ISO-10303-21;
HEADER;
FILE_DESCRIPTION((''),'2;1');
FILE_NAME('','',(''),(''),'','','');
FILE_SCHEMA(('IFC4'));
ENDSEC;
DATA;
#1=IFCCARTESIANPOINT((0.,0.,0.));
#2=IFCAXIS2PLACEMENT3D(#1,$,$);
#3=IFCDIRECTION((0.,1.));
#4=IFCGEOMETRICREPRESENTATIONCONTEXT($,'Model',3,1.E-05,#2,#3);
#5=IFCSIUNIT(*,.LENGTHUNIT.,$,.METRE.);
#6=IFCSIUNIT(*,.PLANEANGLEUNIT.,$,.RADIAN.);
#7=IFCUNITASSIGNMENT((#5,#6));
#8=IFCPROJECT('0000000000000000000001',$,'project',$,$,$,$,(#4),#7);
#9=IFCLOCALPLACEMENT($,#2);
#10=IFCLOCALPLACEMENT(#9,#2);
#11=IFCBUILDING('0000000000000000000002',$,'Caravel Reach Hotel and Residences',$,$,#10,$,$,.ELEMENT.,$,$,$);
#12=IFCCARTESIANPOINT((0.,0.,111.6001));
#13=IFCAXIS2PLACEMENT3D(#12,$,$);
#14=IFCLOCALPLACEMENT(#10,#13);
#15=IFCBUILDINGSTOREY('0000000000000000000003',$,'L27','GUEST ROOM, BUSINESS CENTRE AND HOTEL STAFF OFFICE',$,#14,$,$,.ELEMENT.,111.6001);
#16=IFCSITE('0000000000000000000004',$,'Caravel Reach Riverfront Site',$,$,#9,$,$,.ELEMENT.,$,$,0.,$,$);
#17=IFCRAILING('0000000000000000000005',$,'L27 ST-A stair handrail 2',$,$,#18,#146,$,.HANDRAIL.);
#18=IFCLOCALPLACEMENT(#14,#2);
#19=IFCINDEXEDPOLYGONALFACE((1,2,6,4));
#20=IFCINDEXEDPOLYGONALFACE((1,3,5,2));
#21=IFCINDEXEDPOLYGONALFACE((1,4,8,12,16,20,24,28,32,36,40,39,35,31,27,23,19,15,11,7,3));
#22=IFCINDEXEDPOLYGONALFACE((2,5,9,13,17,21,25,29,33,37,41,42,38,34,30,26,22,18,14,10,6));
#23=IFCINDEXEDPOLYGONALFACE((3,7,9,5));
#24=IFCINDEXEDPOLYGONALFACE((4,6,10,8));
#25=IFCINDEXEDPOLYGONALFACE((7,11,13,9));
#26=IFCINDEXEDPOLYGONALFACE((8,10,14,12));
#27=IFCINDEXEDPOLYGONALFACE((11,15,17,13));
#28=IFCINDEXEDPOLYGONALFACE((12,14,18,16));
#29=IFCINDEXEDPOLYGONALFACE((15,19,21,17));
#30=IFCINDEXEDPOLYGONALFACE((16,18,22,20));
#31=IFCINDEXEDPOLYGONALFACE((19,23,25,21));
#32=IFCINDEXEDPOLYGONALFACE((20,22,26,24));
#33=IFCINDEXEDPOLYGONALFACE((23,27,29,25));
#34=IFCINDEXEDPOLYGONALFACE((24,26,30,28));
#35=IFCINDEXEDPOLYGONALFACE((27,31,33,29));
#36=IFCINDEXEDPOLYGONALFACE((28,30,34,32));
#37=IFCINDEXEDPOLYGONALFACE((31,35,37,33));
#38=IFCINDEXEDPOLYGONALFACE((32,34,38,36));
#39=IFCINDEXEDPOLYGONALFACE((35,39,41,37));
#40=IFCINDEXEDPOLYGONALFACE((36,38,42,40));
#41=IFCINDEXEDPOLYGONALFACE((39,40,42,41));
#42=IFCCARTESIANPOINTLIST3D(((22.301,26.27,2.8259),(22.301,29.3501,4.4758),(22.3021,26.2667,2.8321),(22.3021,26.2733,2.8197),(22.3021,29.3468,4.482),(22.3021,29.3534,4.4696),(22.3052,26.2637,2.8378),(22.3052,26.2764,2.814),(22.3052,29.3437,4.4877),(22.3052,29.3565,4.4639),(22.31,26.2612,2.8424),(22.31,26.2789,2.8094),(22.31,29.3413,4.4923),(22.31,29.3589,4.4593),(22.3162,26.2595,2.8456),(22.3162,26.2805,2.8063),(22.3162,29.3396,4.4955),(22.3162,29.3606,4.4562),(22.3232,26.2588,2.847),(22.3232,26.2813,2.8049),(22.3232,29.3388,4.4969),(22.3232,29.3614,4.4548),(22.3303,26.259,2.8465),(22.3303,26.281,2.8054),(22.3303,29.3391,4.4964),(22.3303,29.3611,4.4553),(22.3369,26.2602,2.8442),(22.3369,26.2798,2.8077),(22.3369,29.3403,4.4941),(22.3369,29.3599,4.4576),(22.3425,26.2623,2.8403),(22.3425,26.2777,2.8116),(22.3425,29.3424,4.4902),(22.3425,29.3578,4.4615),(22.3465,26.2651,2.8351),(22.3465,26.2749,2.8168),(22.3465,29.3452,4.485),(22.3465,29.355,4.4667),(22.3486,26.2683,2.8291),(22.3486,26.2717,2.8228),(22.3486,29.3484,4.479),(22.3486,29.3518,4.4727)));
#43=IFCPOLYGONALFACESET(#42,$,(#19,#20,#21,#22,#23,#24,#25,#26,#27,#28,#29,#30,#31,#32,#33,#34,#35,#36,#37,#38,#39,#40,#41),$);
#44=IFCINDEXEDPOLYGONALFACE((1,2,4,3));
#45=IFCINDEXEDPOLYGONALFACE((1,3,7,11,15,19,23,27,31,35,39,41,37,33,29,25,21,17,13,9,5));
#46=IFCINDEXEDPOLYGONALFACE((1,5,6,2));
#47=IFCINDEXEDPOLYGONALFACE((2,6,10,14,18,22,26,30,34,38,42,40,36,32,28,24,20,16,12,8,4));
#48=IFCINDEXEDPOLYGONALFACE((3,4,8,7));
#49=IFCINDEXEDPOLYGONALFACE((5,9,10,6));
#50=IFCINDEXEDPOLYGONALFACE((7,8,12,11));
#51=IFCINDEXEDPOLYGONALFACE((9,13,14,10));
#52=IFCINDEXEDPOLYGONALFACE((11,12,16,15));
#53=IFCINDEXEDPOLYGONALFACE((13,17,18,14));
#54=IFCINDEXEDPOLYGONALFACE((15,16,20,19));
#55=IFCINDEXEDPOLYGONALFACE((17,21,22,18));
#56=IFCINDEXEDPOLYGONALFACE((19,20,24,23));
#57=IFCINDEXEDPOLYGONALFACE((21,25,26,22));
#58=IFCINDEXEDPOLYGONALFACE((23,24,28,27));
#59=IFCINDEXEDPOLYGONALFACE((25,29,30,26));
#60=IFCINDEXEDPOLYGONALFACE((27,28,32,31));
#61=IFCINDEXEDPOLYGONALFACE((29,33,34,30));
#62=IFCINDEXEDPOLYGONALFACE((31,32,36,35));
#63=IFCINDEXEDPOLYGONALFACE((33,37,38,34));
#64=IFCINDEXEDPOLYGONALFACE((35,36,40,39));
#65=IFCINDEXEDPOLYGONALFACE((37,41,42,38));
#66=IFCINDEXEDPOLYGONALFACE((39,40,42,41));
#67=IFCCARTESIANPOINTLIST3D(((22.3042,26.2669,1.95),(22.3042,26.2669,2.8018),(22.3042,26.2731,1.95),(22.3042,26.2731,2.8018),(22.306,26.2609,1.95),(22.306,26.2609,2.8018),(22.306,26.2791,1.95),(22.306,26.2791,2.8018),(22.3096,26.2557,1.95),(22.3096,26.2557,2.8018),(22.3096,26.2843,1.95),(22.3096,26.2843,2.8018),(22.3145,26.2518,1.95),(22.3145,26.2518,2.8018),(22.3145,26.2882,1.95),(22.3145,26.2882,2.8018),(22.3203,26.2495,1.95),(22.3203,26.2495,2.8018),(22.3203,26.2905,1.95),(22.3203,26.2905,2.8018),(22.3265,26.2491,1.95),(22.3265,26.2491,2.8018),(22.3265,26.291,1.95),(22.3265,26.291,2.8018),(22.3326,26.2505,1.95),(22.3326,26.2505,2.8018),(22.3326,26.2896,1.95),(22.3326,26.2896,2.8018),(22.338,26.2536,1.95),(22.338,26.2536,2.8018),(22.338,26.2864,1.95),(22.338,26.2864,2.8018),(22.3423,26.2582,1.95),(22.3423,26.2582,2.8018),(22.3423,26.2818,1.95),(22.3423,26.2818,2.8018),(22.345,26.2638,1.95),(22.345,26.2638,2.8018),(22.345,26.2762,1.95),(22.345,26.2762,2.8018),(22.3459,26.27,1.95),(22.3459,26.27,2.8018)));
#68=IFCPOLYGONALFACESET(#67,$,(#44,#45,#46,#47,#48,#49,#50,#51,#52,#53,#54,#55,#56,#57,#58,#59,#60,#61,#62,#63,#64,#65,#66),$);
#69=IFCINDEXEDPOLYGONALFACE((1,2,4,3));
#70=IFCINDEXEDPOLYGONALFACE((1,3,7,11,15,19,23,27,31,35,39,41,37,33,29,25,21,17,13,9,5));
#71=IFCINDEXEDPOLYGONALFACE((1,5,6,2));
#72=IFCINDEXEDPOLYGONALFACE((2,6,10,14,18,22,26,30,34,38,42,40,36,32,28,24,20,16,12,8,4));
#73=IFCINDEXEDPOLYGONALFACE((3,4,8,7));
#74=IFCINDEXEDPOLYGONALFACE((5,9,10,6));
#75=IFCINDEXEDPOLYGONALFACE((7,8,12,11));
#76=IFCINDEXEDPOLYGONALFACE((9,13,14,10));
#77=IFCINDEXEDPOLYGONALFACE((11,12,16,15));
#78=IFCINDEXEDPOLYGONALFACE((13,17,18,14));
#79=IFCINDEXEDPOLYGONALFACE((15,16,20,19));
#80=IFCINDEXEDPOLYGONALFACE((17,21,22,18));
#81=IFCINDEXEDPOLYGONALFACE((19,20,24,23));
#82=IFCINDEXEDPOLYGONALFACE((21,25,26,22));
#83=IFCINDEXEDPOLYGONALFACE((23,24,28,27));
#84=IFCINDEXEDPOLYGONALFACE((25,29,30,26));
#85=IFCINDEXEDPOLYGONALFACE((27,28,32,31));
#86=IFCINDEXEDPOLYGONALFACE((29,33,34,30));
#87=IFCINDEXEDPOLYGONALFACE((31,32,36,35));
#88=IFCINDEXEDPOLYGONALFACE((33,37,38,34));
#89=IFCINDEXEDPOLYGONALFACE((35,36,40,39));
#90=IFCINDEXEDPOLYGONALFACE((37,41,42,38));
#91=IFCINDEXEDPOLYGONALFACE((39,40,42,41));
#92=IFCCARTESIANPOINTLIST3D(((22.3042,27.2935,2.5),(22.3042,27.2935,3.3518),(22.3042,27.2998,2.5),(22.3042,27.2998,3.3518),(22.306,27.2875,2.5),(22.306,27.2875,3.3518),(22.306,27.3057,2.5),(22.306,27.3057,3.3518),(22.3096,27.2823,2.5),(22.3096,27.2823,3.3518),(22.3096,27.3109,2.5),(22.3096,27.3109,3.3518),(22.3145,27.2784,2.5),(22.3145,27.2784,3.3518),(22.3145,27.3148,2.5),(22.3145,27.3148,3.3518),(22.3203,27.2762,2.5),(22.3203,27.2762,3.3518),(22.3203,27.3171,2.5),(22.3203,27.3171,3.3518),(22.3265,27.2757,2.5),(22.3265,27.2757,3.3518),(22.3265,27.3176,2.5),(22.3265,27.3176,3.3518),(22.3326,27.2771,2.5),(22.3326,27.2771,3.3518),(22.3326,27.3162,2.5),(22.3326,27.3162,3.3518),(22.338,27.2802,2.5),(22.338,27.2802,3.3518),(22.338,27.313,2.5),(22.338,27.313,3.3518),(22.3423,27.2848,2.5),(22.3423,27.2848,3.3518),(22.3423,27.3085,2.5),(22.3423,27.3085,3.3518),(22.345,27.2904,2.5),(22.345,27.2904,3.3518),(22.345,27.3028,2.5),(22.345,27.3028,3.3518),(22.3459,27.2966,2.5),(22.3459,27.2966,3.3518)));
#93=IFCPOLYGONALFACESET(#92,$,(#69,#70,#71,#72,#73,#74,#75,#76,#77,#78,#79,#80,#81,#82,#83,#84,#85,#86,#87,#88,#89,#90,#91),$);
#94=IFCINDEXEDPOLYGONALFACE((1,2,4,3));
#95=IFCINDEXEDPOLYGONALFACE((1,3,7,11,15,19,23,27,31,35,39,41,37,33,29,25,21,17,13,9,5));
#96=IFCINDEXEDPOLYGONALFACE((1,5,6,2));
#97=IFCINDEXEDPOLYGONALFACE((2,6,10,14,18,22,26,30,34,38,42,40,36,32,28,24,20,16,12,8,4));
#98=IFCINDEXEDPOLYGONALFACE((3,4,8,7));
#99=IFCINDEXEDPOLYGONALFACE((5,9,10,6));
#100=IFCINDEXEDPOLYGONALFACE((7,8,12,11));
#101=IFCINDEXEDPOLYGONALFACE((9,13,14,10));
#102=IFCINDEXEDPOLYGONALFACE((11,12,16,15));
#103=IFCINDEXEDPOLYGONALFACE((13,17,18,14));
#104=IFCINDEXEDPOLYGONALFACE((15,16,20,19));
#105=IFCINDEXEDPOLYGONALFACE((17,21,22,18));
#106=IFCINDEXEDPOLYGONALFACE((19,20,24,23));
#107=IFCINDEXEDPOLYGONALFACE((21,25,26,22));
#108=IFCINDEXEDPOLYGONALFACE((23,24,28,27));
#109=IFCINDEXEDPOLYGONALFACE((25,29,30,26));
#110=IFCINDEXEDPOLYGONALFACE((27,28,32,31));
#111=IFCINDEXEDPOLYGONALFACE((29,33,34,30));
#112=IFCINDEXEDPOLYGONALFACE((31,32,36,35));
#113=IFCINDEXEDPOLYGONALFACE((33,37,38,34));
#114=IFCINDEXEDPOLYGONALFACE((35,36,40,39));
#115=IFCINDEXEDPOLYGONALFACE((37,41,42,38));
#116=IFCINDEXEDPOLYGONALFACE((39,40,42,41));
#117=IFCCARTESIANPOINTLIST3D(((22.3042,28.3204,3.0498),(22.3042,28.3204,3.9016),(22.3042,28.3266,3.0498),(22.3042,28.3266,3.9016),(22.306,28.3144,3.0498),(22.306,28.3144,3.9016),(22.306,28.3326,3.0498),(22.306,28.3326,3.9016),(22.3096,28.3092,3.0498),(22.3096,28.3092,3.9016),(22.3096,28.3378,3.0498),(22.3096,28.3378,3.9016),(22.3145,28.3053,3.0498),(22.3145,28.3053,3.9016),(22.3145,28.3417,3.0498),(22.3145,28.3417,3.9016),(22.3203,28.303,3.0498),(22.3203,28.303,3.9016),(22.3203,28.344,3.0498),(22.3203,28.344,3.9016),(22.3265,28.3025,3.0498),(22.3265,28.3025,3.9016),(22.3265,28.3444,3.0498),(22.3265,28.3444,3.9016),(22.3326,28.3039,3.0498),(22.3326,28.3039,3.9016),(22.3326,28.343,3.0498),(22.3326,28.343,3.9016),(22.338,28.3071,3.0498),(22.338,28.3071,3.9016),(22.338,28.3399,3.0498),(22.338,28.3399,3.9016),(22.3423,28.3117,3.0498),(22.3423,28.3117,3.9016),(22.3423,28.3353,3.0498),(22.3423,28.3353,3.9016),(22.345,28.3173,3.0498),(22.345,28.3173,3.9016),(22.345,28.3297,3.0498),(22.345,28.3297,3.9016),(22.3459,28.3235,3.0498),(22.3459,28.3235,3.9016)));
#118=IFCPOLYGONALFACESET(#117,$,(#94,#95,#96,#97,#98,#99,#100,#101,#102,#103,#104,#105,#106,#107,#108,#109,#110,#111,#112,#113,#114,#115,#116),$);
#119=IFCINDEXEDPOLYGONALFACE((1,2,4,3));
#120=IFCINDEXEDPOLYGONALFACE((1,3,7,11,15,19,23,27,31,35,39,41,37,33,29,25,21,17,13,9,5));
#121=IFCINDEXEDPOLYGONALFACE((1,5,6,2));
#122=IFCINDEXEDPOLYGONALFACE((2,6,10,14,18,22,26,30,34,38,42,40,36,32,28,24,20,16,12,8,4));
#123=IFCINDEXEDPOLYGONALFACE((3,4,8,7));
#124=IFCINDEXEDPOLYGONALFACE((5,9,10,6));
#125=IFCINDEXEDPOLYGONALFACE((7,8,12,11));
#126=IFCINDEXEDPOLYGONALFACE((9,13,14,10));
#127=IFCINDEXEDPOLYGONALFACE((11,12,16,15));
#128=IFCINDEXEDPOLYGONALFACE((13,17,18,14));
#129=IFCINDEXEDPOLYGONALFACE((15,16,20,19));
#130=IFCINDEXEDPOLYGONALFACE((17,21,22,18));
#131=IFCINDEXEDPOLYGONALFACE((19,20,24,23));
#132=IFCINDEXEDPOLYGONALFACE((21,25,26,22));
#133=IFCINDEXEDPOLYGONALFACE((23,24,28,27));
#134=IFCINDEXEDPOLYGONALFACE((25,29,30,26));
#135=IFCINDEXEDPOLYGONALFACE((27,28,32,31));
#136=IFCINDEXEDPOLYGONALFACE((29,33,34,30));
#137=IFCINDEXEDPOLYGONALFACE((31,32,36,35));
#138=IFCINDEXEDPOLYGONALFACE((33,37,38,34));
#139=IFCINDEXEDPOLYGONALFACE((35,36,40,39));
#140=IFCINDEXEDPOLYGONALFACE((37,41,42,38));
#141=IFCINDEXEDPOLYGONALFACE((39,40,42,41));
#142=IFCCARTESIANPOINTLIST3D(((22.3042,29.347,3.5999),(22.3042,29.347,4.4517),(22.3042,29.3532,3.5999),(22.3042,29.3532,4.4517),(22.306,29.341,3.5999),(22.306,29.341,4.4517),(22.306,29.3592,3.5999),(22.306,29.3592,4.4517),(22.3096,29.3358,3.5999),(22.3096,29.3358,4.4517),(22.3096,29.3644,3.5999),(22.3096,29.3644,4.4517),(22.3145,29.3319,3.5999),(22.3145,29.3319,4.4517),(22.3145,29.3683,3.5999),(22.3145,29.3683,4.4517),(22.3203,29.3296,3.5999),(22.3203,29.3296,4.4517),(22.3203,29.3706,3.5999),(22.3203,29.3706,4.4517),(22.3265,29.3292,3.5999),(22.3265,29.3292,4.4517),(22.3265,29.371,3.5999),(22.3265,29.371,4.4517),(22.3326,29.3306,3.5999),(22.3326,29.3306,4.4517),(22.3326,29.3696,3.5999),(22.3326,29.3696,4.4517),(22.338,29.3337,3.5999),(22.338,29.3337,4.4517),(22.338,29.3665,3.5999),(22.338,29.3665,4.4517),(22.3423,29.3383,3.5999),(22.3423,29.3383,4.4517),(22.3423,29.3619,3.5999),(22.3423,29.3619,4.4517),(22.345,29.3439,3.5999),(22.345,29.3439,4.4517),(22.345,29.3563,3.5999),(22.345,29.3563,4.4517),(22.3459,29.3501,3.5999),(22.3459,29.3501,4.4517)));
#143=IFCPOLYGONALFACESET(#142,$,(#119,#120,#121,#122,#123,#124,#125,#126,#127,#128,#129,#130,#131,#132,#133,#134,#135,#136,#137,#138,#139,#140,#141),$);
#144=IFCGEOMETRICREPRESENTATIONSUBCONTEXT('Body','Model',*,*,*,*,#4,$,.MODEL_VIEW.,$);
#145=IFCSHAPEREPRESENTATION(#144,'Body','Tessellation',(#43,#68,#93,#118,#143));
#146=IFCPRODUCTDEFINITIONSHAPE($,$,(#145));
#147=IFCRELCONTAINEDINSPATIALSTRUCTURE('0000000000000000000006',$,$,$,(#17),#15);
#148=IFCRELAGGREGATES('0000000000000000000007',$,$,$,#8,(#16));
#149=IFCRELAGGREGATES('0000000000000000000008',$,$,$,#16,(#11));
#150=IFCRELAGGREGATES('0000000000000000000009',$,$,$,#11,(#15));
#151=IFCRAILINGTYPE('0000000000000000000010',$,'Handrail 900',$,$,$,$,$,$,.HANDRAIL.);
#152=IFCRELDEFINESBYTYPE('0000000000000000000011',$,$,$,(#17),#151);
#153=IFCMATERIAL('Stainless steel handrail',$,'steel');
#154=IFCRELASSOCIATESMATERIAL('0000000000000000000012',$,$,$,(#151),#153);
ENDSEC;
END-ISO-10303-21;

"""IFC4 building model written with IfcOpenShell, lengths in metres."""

from ifc_helpers import new_model, si_unit, direction, frame, origin, origin_2d, place, context, subcontext, project, spatial, circle, extrude, material, type_object, element, save


model = new_model("IFC4")

# Units and contexts
model_context = context("Model", 3, precision=1e-05, world=origin(), true_north=direction((0.0, 1.0)))
body_context = subcontext(model_context, "Body", "Model", "MODEL_VIEW")
ifc_project = project(units=[si_unit("LENGTHUNIT", "METRE"), si_unit("PLANEANGLEUNIT", "RADIAN")], contexts=[model_context])

# Site, building, storey
site_placement = place(None, origin())
site = spatial("IfcSite", under=ifc_project, at=site_placement, Name="Caravel Reach Riverfront Site", CompositionType="ELEMENT", RefElevation=0.0)
building_placement = place(site_placement, origin())
building = spatial("IfcBuilding", under=site, at=building_placement, Name="Caravel Reach Hotel and Residences", CompositionType="ELEMENT")
storey_placement = place(building_placement, frame((0.0, 0.0, 111.6001)))
storey = spatial("IfcBuildingStorey", under=building, at=storey_placement, Name="L27", Description="GUEST ROOM, BUSINESS CENTRE AND HOTEL STAFF OFFICE", CompositionType="ELEMENT", Elevation=111.6001)

# Railing
ifc_material_1 = material(Name="Stainless steel handrail", Category="steel")
railing_type_1 = type_object("IfcRailingType", Name="Handrail 900", PredefinedType="HANDRAIL", material=ifc_material_1)
railing_1_placement = place(storey_placement, frame((22.325, 26.27, 1.95)))
element("IfcRailing", 1, at=railing_1_placement, inside=storey, type_object=railing_type_1, Name="L27 ST-A stair handrail 2", PredefinedType="HANDRAIL", context=body_context, shape_type="SweptSolid", body=[
    extrude(circle(Radius=0.0239, at=origin_2d()), frame((0.0, 0.0, 0.876), z_axis=(0.0, 0.881497, 0.47219), x_axis=(-1.0, 0.0, 0.0)), (0.0, 0.0, 1.0), 3.4941),
    extrude(circle(Radius=0.021, at=origin_2d()), origin(), (0.0, 0.0, 1.0), 0.8518),
    extrude(circle(Radius=0.021, at=origin_2d()), frame((0.0, 1.0266, 0.55)), (0.0, 0.0, 1.0), 0.8518),
    extrude(circle(Radius=0.021, at=origin_2d()), frame((0.0, 2.0535, 1.0999)), (0.0, 0.0, 1.0), 0.8518),
    extrude(circle(Radius=0.021, at=origin_2d()), frame((0.0, 3.0801, 1.6499)), (0.0, 0.0, 1.0), 0.8518),
])

save(model, "model.ifc")
